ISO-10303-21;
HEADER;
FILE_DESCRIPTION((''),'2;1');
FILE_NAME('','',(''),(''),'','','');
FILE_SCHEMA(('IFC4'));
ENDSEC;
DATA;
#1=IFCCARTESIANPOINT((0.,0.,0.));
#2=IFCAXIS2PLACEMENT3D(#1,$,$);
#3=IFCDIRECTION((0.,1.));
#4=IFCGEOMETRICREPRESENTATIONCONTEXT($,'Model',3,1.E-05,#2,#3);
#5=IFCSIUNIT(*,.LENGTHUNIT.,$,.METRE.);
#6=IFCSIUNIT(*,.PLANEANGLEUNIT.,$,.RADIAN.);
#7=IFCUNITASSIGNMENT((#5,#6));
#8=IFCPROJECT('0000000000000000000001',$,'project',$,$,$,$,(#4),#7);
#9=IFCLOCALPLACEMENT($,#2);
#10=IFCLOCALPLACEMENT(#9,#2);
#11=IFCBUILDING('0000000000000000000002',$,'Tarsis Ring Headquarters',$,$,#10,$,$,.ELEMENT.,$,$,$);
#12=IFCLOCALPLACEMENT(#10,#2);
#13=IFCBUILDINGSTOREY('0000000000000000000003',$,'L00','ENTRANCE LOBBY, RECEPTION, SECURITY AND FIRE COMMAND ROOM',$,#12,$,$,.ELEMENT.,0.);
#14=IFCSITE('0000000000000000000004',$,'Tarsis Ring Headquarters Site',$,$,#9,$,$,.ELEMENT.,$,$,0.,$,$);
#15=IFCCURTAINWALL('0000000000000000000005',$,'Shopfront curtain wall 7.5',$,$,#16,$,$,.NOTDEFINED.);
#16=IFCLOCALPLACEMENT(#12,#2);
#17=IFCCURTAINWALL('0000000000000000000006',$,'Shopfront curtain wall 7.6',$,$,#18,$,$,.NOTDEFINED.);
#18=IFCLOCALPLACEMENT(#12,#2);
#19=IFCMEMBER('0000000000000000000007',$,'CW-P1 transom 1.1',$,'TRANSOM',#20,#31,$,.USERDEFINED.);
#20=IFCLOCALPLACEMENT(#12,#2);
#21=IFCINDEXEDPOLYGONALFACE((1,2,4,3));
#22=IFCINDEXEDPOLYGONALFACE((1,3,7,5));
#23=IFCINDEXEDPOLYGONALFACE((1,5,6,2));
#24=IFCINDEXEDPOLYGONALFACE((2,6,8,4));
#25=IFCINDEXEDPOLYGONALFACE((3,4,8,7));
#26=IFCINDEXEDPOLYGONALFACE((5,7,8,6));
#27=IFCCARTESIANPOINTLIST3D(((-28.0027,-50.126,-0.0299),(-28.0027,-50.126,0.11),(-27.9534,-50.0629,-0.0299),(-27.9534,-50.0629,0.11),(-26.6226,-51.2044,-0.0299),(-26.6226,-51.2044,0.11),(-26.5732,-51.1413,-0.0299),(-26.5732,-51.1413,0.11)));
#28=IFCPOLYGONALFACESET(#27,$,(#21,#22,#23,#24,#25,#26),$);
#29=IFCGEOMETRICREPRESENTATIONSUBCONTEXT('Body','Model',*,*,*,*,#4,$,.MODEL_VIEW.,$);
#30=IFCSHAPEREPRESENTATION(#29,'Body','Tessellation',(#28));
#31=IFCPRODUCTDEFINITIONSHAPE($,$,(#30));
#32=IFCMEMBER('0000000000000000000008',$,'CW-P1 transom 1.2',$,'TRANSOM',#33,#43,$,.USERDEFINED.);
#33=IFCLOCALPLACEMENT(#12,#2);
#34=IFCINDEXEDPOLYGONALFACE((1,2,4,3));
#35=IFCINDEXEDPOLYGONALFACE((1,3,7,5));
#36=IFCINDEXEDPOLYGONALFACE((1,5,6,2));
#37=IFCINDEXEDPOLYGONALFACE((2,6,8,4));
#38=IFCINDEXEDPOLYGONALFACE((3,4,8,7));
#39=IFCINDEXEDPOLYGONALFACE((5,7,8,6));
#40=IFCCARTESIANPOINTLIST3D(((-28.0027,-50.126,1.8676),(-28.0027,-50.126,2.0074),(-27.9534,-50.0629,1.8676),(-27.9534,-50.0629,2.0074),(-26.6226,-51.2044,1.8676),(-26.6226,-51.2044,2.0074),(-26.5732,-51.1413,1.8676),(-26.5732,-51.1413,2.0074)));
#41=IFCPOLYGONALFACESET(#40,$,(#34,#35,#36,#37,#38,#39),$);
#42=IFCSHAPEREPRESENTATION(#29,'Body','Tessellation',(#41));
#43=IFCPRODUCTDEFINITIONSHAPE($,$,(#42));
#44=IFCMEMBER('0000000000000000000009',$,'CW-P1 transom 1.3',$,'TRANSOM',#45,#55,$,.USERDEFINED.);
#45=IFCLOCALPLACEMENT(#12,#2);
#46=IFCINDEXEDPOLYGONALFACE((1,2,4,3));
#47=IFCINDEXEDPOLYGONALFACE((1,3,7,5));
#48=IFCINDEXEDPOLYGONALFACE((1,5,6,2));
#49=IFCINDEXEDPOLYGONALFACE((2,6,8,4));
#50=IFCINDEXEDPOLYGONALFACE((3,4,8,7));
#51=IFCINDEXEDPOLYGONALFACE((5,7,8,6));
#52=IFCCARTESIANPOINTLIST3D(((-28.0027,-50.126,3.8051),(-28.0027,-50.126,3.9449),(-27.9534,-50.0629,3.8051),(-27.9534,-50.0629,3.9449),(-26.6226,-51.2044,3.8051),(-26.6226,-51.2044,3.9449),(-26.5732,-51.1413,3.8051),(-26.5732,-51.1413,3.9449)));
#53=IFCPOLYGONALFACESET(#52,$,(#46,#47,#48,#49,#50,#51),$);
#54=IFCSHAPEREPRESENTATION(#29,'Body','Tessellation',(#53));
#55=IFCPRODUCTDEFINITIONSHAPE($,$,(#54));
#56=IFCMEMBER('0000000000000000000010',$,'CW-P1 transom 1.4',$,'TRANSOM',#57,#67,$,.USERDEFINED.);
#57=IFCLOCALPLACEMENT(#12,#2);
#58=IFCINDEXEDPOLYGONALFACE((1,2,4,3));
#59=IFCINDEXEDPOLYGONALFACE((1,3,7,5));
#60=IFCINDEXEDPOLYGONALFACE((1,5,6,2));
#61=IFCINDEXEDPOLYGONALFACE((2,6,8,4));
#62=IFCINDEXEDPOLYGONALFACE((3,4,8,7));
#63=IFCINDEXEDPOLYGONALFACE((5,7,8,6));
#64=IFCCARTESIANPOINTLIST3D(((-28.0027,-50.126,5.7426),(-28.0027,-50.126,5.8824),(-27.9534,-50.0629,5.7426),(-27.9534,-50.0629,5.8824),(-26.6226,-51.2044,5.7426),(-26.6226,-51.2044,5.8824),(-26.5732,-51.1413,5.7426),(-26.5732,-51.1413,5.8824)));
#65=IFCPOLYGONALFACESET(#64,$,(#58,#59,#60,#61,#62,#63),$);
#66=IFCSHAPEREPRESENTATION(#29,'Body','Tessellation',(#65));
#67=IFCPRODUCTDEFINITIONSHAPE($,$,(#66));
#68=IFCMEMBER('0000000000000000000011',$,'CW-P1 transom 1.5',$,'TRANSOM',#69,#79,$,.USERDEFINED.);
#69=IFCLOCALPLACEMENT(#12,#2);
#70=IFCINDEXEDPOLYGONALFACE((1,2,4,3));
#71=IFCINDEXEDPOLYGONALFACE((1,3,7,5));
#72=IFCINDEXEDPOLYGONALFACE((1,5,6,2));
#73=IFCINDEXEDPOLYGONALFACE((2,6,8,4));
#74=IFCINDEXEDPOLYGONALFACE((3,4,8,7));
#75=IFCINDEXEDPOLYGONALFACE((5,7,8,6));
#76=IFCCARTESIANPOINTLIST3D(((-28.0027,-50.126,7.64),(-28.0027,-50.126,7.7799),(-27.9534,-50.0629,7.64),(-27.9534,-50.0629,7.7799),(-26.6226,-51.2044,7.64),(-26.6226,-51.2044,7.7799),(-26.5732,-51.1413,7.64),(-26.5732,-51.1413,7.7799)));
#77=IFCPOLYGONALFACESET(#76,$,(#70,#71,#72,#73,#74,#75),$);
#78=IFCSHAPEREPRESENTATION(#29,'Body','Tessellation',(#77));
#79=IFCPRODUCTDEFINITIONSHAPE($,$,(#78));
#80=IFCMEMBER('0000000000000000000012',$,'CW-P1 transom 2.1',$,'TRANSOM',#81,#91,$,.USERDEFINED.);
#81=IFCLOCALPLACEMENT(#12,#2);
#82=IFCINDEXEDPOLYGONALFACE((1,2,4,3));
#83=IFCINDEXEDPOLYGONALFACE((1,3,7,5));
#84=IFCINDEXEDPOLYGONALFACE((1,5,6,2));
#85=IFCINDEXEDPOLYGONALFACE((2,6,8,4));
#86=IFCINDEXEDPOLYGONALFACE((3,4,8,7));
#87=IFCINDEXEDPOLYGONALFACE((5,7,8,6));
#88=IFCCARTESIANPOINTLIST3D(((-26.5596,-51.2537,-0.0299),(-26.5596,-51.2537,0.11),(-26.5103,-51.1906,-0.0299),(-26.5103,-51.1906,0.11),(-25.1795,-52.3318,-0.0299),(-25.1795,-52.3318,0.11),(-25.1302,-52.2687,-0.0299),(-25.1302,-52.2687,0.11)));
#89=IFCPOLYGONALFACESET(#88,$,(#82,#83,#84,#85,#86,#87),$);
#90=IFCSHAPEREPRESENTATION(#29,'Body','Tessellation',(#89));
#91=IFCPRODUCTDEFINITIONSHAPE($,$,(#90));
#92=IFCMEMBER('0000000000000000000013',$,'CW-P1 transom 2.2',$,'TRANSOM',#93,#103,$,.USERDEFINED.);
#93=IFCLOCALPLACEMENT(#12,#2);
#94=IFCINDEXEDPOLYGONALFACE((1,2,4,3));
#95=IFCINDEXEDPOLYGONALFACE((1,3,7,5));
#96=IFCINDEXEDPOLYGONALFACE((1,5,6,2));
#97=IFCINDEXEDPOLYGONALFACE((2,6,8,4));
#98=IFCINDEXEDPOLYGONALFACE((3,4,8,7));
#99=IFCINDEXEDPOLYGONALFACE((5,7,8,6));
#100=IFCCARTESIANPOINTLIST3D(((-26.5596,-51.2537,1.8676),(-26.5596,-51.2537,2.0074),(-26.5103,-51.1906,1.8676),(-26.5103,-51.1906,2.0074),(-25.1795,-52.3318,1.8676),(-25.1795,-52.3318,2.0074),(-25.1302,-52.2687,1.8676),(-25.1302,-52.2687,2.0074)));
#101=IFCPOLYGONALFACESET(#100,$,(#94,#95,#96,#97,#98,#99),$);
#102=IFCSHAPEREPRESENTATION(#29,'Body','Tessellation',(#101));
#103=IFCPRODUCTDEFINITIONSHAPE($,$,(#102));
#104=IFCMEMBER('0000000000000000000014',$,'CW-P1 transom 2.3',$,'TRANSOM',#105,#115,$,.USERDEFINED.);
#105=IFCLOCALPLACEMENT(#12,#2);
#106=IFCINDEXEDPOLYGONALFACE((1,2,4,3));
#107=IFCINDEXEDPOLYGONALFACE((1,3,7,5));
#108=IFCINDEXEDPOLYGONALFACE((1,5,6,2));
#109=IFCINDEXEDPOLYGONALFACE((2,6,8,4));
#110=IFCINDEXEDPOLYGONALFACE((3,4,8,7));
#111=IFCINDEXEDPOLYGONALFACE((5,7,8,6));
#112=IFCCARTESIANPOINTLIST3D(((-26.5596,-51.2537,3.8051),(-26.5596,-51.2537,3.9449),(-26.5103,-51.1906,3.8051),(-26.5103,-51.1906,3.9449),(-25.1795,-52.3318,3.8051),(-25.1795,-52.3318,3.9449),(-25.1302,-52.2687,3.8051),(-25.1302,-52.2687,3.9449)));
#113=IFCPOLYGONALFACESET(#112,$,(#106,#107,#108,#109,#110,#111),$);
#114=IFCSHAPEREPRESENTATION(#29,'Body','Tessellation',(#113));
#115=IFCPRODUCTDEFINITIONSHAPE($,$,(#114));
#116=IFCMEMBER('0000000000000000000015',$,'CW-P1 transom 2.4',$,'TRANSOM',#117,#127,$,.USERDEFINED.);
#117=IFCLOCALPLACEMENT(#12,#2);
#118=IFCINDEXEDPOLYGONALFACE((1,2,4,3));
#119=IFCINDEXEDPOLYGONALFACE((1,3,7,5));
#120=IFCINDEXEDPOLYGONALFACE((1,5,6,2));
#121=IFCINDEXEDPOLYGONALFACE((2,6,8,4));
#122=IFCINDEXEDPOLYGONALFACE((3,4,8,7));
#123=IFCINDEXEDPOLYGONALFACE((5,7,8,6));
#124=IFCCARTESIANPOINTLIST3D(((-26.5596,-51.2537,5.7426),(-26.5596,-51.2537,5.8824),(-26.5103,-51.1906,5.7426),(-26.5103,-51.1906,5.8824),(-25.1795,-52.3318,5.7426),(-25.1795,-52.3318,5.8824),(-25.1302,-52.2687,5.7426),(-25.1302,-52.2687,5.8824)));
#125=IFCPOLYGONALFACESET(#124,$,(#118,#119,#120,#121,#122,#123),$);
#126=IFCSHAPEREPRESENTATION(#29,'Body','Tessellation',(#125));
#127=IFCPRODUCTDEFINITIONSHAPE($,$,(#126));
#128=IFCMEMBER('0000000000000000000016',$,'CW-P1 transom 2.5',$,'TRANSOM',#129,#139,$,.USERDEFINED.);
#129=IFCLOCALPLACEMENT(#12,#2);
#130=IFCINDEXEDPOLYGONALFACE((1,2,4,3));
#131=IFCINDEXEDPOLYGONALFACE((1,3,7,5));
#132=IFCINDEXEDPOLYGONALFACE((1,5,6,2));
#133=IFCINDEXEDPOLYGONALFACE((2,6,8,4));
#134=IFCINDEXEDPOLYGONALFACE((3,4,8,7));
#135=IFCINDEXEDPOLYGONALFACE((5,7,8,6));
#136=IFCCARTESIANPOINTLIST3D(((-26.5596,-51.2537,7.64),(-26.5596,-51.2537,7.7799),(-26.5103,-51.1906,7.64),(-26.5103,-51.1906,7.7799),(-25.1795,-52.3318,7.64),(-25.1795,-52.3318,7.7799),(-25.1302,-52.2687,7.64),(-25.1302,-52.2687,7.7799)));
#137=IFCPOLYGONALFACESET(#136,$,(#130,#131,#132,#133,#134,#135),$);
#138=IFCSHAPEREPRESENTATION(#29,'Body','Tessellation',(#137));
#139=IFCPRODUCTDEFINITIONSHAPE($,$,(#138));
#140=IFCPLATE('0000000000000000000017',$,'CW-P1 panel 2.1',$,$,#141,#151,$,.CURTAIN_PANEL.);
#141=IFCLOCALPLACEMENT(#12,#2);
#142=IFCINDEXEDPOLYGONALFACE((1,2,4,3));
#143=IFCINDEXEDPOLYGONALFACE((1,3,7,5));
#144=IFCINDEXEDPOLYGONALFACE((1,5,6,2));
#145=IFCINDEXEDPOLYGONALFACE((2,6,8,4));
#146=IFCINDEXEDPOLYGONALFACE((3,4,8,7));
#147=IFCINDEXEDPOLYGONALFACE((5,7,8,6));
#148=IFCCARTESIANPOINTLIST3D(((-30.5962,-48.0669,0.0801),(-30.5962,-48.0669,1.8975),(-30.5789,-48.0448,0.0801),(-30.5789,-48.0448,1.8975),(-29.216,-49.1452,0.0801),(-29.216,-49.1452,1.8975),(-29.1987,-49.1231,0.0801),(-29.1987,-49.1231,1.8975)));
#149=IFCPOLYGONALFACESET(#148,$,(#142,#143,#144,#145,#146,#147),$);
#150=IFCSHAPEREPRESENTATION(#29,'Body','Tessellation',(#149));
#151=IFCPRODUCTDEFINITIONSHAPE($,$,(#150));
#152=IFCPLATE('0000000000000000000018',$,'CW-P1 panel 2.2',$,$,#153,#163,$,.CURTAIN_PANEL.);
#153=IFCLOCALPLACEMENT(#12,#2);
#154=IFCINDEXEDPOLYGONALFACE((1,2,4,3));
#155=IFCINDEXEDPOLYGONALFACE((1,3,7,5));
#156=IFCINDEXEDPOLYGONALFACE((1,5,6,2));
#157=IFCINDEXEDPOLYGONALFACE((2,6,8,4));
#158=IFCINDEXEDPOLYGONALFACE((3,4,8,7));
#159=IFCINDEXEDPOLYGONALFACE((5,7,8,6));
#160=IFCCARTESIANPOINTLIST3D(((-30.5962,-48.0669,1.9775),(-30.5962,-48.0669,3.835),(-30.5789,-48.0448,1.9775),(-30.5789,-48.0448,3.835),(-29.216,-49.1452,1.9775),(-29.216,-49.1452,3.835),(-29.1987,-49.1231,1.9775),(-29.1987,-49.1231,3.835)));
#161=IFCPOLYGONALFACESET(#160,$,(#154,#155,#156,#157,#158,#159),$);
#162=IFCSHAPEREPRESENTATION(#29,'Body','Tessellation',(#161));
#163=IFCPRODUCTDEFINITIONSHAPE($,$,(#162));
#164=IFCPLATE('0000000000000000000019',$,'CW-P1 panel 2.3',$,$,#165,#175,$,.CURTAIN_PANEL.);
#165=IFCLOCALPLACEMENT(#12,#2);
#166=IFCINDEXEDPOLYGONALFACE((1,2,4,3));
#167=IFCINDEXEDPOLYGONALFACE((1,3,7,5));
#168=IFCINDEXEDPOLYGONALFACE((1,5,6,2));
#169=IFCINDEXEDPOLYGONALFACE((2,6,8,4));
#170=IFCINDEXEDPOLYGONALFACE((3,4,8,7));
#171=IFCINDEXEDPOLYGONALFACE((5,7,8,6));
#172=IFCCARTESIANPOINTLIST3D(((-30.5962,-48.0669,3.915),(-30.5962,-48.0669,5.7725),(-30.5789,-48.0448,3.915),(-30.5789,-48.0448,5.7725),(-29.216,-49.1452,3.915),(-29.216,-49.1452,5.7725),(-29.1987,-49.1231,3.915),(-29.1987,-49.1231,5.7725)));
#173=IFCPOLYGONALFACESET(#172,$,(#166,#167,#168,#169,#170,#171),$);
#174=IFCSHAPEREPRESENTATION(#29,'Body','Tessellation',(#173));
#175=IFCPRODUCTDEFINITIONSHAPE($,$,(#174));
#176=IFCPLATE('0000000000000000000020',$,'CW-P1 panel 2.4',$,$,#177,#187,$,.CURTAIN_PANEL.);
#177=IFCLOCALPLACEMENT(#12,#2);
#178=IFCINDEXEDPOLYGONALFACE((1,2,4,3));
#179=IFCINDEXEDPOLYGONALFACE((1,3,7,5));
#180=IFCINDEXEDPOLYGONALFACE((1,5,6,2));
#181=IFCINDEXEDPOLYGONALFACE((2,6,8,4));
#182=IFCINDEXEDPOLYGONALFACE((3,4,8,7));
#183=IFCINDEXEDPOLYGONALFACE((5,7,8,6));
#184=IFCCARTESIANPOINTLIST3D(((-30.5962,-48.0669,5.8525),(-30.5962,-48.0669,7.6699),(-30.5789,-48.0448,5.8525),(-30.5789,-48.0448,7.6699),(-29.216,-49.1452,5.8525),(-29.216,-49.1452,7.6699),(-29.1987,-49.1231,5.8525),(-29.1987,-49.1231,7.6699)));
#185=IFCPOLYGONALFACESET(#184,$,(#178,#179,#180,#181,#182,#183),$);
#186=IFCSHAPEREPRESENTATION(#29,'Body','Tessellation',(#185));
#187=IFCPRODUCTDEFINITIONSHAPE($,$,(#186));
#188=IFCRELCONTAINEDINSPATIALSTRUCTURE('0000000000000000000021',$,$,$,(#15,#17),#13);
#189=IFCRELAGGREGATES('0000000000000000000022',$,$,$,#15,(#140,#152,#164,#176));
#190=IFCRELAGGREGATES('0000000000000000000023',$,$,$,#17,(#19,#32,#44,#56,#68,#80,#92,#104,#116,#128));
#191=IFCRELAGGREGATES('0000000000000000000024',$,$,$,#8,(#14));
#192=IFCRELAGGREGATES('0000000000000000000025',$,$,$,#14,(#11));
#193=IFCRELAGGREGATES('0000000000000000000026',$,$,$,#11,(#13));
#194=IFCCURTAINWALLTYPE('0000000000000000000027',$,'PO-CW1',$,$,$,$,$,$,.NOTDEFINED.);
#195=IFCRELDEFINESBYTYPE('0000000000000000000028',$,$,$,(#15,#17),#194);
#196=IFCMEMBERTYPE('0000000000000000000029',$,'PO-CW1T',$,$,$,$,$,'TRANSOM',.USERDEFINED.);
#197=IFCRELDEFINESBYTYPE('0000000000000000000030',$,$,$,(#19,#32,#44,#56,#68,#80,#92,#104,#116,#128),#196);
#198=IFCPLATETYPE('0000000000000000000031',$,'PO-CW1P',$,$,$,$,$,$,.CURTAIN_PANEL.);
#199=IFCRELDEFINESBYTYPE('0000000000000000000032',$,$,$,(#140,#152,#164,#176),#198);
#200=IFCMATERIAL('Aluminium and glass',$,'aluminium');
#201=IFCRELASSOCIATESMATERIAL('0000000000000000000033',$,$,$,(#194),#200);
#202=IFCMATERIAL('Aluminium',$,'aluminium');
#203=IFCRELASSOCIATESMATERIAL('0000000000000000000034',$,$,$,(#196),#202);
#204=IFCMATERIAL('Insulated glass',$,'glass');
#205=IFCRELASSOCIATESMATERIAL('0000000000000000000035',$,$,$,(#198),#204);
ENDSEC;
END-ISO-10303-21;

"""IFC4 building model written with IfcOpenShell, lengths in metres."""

from ifc_helpers import new_model, si_unit, direction, frame, origin, origin_2d, place, context, subcontext, project, spatial, rectangle, extrude, material, material_profile, profile_set, type_object, element, aggregate, save


model = new_model("IFC4")

# Units and contexts
model_context = context("Model", 3, precision=1e-05, world=origin(), true_north=direction((0.0, 1.0)))
body_context = subcontext(model_context, "Body", "Model", "MODEL_VIEW")
ifc_project = project(units=[si_unit("LENGTHUNIT", "METRE"), si_unit("PLANEANGLEUNIT", "RADIAN")], contexts=[model_context])

# Site, building, storey
site_placement = place(None, origin())
site = spatial("IfcSite", under=ifc_project, at=site_placement, Name="Tarsis Ring Headquarters Site", CompositionType="ELEMENT", RefElevation=0.0)
building_placement = place(site_placement, origin())
building = spatial("IfcBuilding", under=site, at=building_placement, Name="Tarsis Ring Headquarters", CompositionType="ELEMENT")
storey_placement = place(building_placement, origin())
storey = spatial("IfcBuildingStorey", under=building, at=storey_placement, Name="L00", Description="ENTRANCE LOBBY, RECEPTION, SECURITY AND FIRE COMMAND ROOM", CompositionType="ELEMENT", Elevation=0.0)

# Curtain wall
ifc_material_1 = material(Name="Aluminium and glass", Category="aluminium")
curtain_wall_type = type_object("IfcCurtainWallType", Name="PO-CW1", PredefinedType="NOTDEFINED", material=ifc_material_1)
curtain_wall_1_placement = place(storey_placement, origin())
curtain_wall_1 = element("IfcCurtainWall", 1, at=curtain_wall_1_placement, inside=storey, type_object=curtain_wall_type, Name="Shopfront curtain wall 7.5", PredefinedType="NOTDEFINED")
ifc_material_2 = material(Name="Aluminium", Category="aluminium")

# Curtain wall
curtain_wall_2_placement = place(storey_placement, origin())
curtain_wall_2 = element("IfcCurtainWall", 2, at=curtain_wall_2_placement, inside=storey, type_object=curtain_wall_type, Name="Shopfront curtain wall 7.6", PredefinedType="NOTDEFINED")

# Members
ifc_material_profile_1 = material_profile(ifc_material_2, rectangle(XDim=0.0801, YDim=0.1399, at=origin_2d()), Name="PO-CW1T")
ifc_profile_set_1 = profile_set([ifc_material_profile_1], Name="Aluminium")
member_type_1 = type_object("IfcMemberType", Name="PO-CW1T", ElementType="TRANSOM", PredefinedType="USERDEFINED", material=ifc_profile_set_1)
member_1_placement = place(storey_placement, frame((-27.978, -50.0945, 0.04), z_axis=(0.787984, -0.615695, 0.0), x_axis=(0.615695, 0.787984, 0.0)))
member_1 = element("IfcMember", 3, at=member_1_placement, type_object=member_type_1, Name="CW-P1 transom 1.1", ObjectType="TRANSOM", PredefinedType="USERDEFINED", context=body_context, shape_type="SweptSolid", body=[
    extrude(rectangle(XDim=0.0801, YDim=0.1399, at=origin_2d()), origin(), (0.0, 0.0, 1.0), 1.7515),
])
member_2_placement = place(storey_placement, frame((-27.978, -50.0945, 1.9375), z_axis=(0.787984, -0.615695, 0.0), x_axis=(0.615695, 0.787984, 0.0)))
member_2 = element("IfcMember", 4, at=member_2_placement, type_object=member_type_1, Name="CW-P1 transom 1.2", ObjectType="TRANSOM", PredefinedType="USERDEFINED", context=body_context, shape_type="SweptSolid", body=[
    extrude(rectangle(XDim=0.0801, YDim=0.1399, at=origin_2d()), origin(), (0.0, 0.0, 1.0), 1.7515),
])
member_3_placement = place(storey_placement, frame((-27.978, -50.0945, 3.875), z_axis=(0.787984, -0.615695, 0.0), x_axis=(0.615695, 0.787984, 0.0)))
member_3 = element("IfcMember", 5, at=member_3_placement, type_object=member_type_1, Name="CW-P1 transom 1.3", ObjectType="TRANSOM", PredefinedType="USERDEFINED", context=body_context, shape_type="SweptSolid", body=[
    extrude(rectangle(XDim=0.0801, YDim=0.1399, at=origin_2d()), origin(), (0.0, 0.0, 1.0), 1.7515),
])
member_4_placement = place(storey_placement, frame((-27.978, -50.0945, 5.8125), z_axis=(0.787984, -0.615695, 0.0), x_axis=(0.615695, 0.787984, 0.0)))
member_4 = element("IfcMember", 6, at=member_4_placement, type_object=member_type_1, Name="CW-P1 transom 1.4", ObjectType="TRANSOM", PredefinedType="USERDEFINED", context=body_context, shape_type="SweptSolid", body=[
    extrude(rectangle(XDim=0.0801, YDim=0.1399, at=origin_2d()), origin(), (0.0, 0.0, 1.0), 1.7515),
])
member_5_placement = place(storey_placement, frame((-27.978, -50.0945, 7.71), z_axis=(0.787984, -0.615695, 0.0), x_axis=(0.615695, 0.787984, 0.0)))
member_5 = element("IfcMember", 7, at=member_5_placement, type_object=member_type_1, Name="CW-P1 transom 1.5", ObjectType="TRANSOM", PredefinedType="USERDEFINED", context=body_context, shape_type="SweptSolid", body=[
    extrude(rectangle(XDim=0.0801, YDim=0.1399, at=origin_2d()), origin(), (0.0, 0.0, 1.0), 1.7515),
])
member_6_placement = place(storey_placement, frame((-26.5349, -51.2222, 0.04), z_axis=(0.788052, -0.615609, 0.0), x_axis=(0.615609, 0.788052, 0.0)))
member_6 = element("IfcMember", 8, at=member_6_placement, type_object=member_type_1, Name="CW-P1 transom 2.1", ObjectType="TRANSOM", PredefinedType="USERDEFINED", context=body_context, shape_type="SweptSolid", body=[
    extrude(rectangle(XDim=0.0801, YDim=0.1399, at=origin_2d()), origin(), (0.0, 0.0, 1.0), 1.7512),
])
member_7_placement = place(storey_placement, frame((-26.5349, -51.2222, 1.9375), z_axis=(0.788052, -0.615609, 0.0), x_axis=(0.615609, 0.788052, 0.0)))
member_7 = element("IfcMember", 9, at=member_7_placement, type_object=member_type_1, Name="CW-P1 transom 2.2", ObjectType="TRANSOM", PredefinedType="USERDEFINED", context=body_context, shape_type="SweptSolid", body=[
    extrude(rectangle(XDim=0.0801, YDim=0.1399, at=origin_2d()), origin(), (0.0, 0.0, 1.0), 1.7512),
])
member_8_placement = place(storey_placement, frame((-26.5349, -51.2222, 3.875), z_axis=(0.788052, -0.615609, 0.0), x_axis=(0.615609, 0.788052, 0.0)))
member_8 = element("IfcMember", 10, at=member_8_placement, type_object=member_type_1, Name="CW-P1 transom 2.3", ObjectType="TRANSOM", PredefinedType="USERDEFINED", context=body_context, shape_type="SweptSolid", body=[
    extrude(rectangle(XDim=0.0801, YDim=0.1399, at=origin_2d()), origin(), (0.0, 0.0, 1.0), 1.7512),
])
member_9_placement = place(storey_placement, frame((-26.5349, -51.2222, 5.8125), z_axis=(0.788052, -0.615609, 0.0), x_axis=(0.615609, 0.788052, 0.0)))
member_9 = element("IfcMember", 11, at=member_9_placement, type_object=member_type_1, Name="CW-P1 transom 2.4", ObjectType="TRANSOM", PredefinedType="USERDEFINED", context=body_context, shape_type="SweptSolid", body=[
    extrude(rectangle(XDim=0.0801, YDim=0.1399, at=origin_2d()), origin(), (0.0, 0.0, 1.0), 1.7512),
])
member_10_placement = place(storey_placement, frame((-26.5349, -51.2222, 7.71), z_axis=(0.788052, -0.615609, 0.0), x_axis=(0.615609, 0.788052, 0.0)))
member_10 = element("IfcMember", 12, at=member_10_placement, type_object=member_type_1, Name="CW-P1 transom 2.5", ObjectType="TRANSOM", PredefinedType="USERDEFINED", context=body_context, shape_type="SweptSolid", body=[
    extrude(rectangle(XDim=0.0801, YDim=0.1399, at=origin_2d()), origin(), (0.0, 0.0, 1.0), 1.7512),
])

# Plates
ifc_material_3 = material(Name="Insulated glass", Category="glass")
plate_type = type_object("IfcPlateType", Name="PO-CW1P", PredefinedType="CURTAIN_PANEL", material=ifc_material_3)
plate_1_placement = place(storey_placement, frame((-29.8975, -48.595, 0.0801), z_axis=(0.0, 0.0, 1.0), x_axis=(0.788011, -0.615661, 0.0)))
plate_1 = element("IfcPlate", 13, at=plate_1_placement, type_object=plate_type, Name="CW-P1 panel 2.1", PredefinedType="CURTAIN_PANEL", context=body_context, shape_type="SweptSolid", body=[
    extrude(rectangle(XDim=1.7515, YDim=0.0281, at=origin_2d()), origin(), (0.0, 0.0, 1.0), 1.8174),
])
plate_2_placement = place(storey_placement, frame((-29.8975, -48.595, 1.9775), z_axis=(0.0, 0.0, 1.0), x_axis=(0.788011, -0.615661, 0.0)))
plate_2 = element("IfcPlate", 14, at=plate_2_placement, type_object=plate_type, Name="CW-P1 panel 2.2", PredefinedType="CURTAIN_PANEL", context=body_context, shape_type="SweptSolid", body=[
    extrude(rectangle(XDim=1.7515, YDim=0.0281, at=origin_2d()), origin(), (0.0, 0.0, 1.0), 1.8574),
])
plate_3_placement = place(storey_placement, frame((-29.8975, -48.595, 3.915), z_axis=(0.0, 0.0, 1.0), x_axis=(0.788011, -0.615661, 0.0)))
plate_3 = element("IfcPlate", 15, at=plate_3_placement, type_object=plate_type, Name="CW-P1 panel 2.3", PredefinedType="CURTAIN_PANEL", context=body_context, shape_type="SweptSolid", body=[
    extrude(rectangle(XDim=1.7515, YDim=0.0281, at=origin_2d()), origin(), (0.0, 0.0, 1.0), 1.8574),
])
plate_4_placement = place(storey_placement, frame((-29.8975, -48.595, 5.8525), z_axis=(0.0, 0.0, 1.0), x_axis=(0.788011, -0.615661, 0.0)))
plate_4 = element("IfcPlate", 16, at=plate_4_placement, type_object=plate_type, Name="CW-P1 panel 2.4", PredefinedType="CURTAIN_PANEL", context=body_context, shape_type="SweptSolid", body=[
    extrude(rectangle(XDim=1.7515, YDim=0.0281, at=origin_2d()), origin(), (0.0, 0.0, 1.0), 1.8174),
])
aggregate(curtain_wall_1, [plate_1, plate_2, plate_3, plate_4])
aggregate(curtain_wall_2, [member_1, member_2, member_3, member_4, member_5, member_6, member_7, member_8, member_9, member_10])

save(model, "model.ifc")
